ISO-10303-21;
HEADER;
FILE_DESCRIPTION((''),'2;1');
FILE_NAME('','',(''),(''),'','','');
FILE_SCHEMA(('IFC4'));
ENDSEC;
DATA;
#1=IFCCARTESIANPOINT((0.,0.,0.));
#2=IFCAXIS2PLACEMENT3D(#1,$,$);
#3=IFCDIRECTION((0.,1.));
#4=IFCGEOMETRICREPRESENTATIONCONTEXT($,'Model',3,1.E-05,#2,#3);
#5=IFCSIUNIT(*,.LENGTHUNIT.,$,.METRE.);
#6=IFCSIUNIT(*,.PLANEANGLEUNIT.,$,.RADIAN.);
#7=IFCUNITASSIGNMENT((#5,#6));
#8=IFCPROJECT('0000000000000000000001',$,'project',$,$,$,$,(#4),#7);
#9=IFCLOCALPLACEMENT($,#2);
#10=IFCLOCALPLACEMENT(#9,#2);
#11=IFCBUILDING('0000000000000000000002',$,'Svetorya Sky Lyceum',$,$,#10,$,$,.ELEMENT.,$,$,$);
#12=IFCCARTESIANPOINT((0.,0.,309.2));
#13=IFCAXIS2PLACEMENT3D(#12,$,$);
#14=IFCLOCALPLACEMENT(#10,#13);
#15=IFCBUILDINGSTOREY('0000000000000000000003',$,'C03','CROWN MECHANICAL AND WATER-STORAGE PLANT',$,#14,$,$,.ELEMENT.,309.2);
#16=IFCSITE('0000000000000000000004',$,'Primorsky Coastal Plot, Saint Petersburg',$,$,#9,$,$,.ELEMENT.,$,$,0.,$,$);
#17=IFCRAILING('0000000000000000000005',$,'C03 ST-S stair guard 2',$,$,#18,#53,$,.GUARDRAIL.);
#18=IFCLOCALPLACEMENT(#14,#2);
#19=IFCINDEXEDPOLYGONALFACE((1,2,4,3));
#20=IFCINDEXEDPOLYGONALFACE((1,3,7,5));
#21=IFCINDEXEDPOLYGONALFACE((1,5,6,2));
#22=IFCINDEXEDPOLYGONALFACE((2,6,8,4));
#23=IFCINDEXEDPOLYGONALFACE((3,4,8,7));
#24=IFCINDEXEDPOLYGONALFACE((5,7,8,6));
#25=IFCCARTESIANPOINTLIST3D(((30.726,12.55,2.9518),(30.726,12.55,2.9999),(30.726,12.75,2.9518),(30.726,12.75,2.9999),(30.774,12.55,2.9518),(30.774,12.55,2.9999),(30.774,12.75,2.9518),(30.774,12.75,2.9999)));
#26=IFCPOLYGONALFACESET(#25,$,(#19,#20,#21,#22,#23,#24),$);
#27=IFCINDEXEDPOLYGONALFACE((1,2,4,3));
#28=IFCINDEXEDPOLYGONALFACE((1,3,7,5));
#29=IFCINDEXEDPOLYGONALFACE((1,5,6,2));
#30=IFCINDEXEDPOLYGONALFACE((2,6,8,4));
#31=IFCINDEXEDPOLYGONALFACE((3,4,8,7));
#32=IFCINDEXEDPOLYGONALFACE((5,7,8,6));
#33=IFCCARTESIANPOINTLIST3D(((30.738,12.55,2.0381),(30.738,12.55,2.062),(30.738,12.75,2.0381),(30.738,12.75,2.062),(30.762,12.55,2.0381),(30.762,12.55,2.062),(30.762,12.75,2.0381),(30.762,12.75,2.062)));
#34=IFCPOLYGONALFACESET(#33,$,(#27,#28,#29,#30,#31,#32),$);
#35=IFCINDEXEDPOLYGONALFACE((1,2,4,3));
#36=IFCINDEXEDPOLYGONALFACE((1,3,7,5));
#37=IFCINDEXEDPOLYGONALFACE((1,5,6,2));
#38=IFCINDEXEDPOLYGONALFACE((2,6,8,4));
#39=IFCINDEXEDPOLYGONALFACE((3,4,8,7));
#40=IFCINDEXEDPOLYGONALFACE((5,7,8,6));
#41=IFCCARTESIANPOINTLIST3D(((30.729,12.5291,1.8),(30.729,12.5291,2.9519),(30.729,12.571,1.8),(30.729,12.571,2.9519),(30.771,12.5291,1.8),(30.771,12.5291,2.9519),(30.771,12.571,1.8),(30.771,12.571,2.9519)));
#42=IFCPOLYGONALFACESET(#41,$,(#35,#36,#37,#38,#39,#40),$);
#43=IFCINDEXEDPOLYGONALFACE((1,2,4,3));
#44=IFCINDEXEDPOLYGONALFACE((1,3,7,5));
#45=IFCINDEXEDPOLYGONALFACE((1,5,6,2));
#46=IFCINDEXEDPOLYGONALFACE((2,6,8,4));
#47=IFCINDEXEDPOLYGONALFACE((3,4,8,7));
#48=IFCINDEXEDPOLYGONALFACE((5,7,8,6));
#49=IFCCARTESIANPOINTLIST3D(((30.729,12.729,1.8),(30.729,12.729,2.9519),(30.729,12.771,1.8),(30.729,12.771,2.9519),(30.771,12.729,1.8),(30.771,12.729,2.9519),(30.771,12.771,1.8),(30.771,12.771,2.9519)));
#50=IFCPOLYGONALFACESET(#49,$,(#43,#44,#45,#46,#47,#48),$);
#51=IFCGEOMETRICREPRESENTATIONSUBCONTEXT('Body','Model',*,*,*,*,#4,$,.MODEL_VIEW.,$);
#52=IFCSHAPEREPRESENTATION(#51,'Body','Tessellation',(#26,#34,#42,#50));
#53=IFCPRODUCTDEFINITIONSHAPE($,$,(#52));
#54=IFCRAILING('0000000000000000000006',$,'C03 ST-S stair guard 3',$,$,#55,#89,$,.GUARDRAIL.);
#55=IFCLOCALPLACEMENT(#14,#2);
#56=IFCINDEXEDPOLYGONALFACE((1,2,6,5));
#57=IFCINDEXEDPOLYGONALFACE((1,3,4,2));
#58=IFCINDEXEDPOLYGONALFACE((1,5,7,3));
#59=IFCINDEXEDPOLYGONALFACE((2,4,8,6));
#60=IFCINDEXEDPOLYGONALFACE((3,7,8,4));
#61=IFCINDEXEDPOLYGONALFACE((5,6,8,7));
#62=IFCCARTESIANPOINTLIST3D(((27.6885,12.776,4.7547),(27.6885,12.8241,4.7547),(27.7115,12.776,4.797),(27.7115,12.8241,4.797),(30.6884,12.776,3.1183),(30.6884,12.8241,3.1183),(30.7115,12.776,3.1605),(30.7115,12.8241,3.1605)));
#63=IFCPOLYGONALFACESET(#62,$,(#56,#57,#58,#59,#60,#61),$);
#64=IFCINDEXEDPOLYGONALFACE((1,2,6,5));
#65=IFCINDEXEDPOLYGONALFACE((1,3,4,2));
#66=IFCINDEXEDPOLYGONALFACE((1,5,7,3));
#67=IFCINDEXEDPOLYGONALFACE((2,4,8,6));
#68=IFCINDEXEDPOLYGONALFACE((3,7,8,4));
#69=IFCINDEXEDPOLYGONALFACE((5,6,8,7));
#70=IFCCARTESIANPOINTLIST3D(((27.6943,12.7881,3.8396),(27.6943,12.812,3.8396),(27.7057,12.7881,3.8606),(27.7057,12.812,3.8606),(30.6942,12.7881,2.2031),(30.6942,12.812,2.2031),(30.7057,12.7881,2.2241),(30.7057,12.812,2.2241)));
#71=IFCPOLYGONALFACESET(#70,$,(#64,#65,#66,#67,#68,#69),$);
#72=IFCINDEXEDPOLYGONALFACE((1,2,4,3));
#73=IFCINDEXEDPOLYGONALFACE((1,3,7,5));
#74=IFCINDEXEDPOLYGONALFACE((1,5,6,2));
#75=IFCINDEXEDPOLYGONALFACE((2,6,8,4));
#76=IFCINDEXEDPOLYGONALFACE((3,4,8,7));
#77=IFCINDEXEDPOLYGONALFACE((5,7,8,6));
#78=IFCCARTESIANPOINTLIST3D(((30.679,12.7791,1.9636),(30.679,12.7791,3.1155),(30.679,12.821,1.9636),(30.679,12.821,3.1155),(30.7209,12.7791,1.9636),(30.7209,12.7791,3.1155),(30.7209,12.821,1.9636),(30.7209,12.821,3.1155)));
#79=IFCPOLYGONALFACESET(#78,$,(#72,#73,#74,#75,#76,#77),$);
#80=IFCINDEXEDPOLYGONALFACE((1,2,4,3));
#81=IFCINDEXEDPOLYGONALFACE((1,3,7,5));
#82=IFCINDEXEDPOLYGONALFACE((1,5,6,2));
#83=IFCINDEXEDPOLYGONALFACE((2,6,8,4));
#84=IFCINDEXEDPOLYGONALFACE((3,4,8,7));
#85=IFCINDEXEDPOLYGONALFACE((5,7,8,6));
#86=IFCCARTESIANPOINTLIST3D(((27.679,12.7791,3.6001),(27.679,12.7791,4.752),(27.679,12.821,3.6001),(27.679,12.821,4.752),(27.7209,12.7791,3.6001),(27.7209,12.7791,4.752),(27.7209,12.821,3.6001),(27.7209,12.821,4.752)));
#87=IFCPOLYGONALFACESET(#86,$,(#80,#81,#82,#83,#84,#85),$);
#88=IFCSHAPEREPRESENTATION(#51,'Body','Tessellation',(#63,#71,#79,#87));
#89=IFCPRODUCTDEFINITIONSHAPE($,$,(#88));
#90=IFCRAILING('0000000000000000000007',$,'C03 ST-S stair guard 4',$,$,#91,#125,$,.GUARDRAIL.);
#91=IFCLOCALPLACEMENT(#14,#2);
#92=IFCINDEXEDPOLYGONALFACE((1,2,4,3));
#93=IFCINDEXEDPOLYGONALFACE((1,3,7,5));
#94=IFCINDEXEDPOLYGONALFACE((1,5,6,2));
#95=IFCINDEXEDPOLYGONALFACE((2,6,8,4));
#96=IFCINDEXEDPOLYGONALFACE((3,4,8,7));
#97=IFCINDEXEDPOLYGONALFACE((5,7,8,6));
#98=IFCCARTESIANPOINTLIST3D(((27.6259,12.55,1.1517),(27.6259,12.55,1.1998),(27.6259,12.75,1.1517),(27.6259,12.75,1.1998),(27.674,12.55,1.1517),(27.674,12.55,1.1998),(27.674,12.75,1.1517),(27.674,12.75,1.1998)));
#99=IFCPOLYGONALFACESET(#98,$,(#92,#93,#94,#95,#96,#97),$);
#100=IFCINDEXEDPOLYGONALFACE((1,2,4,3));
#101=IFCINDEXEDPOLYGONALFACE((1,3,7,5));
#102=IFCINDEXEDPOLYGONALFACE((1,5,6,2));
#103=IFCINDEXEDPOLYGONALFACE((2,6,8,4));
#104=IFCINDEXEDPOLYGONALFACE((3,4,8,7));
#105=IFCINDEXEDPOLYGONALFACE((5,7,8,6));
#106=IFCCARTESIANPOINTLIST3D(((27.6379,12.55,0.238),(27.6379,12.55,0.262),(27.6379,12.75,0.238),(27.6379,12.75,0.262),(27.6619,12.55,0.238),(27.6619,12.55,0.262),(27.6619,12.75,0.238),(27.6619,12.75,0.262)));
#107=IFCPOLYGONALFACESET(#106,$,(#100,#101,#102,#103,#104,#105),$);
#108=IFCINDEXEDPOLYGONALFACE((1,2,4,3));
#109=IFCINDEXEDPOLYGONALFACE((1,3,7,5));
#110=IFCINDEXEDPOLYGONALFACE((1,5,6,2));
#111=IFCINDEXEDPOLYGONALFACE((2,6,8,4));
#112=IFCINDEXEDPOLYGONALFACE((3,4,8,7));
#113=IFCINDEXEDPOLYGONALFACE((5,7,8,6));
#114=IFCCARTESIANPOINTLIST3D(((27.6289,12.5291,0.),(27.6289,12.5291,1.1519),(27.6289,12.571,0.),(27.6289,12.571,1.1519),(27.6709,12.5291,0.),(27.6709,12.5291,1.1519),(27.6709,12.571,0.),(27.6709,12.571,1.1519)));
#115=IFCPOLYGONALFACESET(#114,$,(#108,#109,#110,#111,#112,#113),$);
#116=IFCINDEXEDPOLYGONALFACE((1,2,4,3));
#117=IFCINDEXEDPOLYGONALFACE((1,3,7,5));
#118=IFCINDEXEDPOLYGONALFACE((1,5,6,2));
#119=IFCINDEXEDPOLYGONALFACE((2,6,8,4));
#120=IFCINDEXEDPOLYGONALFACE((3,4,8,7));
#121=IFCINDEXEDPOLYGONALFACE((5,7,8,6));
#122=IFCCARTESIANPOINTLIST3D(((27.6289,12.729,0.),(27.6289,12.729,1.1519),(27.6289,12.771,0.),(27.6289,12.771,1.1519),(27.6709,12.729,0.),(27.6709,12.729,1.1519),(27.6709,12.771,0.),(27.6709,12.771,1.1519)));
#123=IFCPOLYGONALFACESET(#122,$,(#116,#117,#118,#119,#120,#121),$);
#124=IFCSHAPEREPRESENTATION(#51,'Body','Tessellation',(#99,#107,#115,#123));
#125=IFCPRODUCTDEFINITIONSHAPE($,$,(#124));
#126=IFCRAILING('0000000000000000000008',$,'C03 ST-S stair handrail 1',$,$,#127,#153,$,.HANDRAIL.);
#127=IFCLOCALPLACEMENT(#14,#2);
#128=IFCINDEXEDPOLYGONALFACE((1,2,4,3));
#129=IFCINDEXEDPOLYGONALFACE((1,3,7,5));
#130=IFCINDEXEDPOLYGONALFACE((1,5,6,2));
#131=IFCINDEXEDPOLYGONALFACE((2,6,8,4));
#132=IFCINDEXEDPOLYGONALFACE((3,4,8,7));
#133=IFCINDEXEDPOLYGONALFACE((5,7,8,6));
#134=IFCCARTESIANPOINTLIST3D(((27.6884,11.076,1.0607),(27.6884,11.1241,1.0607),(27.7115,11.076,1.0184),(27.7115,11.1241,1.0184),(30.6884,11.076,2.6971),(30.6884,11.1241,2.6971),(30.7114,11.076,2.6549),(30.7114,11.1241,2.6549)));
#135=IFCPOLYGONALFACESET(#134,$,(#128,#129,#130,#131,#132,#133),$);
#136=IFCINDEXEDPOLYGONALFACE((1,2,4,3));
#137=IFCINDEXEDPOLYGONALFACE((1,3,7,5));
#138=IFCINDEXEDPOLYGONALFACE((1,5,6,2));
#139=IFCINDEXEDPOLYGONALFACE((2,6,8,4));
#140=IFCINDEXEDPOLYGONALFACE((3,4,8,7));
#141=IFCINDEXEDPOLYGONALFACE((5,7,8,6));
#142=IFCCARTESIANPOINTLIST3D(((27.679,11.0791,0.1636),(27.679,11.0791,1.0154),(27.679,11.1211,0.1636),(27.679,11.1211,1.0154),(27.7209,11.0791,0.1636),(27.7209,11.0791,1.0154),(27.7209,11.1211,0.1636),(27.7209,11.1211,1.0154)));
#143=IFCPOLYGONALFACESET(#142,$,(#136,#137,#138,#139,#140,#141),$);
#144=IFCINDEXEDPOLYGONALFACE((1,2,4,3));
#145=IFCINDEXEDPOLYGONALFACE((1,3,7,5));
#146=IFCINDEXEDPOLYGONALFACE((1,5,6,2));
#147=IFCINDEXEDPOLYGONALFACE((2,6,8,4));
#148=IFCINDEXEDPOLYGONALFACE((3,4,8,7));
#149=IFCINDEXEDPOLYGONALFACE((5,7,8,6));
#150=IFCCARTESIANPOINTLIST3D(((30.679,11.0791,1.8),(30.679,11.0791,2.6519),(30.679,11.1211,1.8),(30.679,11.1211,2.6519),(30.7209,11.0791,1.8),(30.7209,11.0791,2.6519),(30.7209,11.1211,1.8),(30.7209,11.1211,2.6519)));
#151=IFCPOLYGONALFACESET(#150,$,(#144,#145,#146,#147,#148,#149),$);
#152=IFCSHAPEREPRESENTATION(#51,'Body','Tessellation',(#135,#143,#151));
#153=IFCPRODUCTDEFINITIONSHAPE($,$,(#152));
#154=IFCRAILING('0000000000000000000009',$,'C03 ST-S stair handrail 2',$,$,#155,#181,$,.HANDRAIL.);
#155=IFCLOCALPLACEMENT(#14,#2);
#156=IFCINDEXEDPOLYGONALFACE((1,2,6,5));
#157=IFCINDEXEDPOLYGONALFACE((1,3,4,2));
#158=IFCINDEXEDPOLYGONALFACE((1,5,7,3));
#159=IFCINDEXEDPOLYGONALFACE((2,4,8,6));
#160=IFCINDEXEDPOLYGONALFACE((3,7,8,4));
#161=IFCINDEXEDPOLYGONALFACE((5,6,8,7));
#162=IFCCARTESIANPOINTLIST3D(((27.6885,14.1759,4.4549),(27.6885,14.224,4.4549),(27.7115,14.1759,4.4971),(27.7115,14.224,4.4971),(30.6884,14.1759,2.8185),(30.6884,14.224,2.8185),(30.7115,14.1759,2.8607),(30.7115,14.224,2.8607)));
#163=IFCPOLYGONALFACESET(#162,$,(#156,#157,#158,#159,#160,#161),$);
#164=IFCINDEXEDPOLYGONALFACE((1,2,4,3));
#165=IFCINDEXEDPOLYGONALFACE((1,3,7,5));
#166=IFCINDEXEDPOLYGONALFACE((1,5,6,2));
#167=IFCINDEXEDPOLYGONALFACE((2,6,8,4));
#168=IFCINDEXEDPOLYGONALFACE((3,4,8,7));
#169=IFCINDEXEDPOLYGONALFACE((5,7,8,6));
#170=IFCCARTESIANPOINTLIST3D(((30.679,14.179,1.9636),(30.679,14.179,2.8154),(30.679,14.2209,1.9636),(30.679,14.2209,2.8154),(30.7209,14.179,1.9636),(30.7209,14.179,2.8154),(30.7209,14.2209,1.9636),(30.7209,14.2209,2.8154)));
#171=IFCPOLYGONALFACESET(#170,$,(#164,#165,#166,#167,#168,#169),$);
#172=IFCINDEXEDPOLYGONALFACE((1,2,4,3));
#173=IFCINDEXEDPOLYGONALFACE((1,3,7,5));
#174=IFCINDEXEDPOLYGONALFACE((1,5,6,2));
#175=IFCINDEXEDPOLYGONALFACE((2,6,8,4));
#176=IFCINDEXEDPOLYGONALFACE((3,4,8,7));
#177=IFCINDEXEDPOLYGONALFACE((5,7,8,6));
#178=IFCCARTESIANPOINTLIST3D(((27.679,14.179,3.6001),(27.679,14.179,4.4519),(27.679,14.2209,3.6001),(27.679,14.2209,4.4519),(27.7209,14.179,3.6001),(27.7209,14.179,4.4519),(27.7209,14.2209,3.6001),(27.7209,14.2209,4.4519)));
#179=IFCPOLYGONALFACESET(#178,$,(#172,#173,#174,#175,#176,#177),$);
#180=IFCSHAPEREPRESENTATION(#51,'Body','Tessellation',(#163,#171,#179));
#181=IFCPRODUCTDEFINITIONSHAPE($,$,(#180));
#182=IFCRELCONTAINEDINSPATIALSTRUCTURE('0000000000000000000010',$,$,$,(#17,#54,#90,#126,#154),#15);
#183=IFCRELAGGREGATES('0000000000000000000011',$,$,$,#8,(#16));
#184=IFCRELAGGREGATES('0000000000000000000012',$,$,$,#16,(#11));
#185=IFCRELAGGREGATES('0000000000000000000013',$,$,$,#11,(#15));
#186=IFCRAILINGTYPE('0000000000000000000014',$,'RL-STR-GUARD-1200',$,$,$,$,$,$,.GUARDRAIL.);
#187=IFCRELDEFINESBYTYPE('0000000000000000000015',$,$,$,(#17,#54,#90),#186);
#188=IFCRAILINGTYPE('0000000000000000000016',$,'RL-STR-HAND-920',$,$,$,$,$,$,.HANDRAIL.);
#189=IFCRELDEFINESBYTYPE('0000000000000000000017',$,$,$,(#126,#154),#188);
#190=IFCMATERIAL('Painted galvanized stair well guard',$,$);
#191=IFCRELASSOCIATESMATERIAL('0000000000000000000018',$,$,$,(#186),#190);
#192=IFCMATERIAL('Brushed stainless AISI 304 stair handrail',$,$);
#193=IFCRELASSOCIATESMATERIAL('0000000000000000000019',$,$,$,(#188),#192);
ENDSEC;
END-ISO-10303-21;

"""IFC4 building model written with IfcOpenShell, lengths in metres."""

from ifc_helpers import new_model, si_unit, direction, frame, origin, origin_2d, place, context, subcontext, project, spatial, rectangle, extrude, material, type_object, element, save


model = new_model("IFC4")

# Units and contexts
model_context = context("Model", 3, precision=1e-05, world=origin(), true_north=direction((0.0, 1.0)))
body_context = subcontext(model_context, "Body", "Model", "MODEL_VIEW")
ifc_project = project(units=[si_unit("LENGTHUNIT", "METRE"), si_unit("PLANEANGLEUNIT", "RADIAN")], contexts=[model_context])

# Site, building, storey
site_placement = place(None, origin())
site = spatial("IfcSite", under=ifc_project, at=site_placement, Name="Primorsky Coastal Plot, Saint Petersburg", CompositionType="ELEMENT", RefElevation=0.0)
building_placement = place(site_placement, origin())
building = spatial("IfcBuilding", under=site, at=building_placement, Name="Svetorya Sky Lyceum", CompositionType="ELEMENT")
storey_placement = place(building_placement, frame((0.0, 0.0, 309.2)))
storey = spatial("IfcBuildingStorey", under=building, at=storey_placement, Name="C03", Description="CROWN MECHANICAL AND WATER-STORAGE PLANT", CompositionType="ELEMENT", Elevation=309.2)

# Railings
ifc_material_1 = material(Name="Painted galvanized stair well guard")
railing_type_1 = type_object("IfcRailingType", Name="RL-STR-GUARD-1200", PredefinedType="GUARDRAIL", material=ifc_material_1)
railing_1_placement = place(storey_placement, frame((30.75, 12.55, 1.8)))
element("IfcRailing", 1, at=railing_1_placement, inside=storey, type_object=railing_type_1, Name="C03 ST-S stair guard 2", PredefinedType="GUARDRAIL", context=body_context, shape_type="SweptSolid", body=[
    extrude(rectangle(XDim=0.0481, YDim=0.0481, at=origin_2d()), frame((0.0, 0.0, 1.1758), z_axis=(0.0, 1.0, 0.0), x_axis=(-1.0, 0.0, 0.0)), (0.0, 0.0, 1.0), 0.2),
    extrude(rectangle(XDim=0.0239, YDim=0.0239, at=origin_2d()), frame((0.0, 0.0, 0.25), z_axis=(0.0, 1.0, 0.0), x_axis=(-1.0, 0.0, 0.0)), (0.0, 0.0, 1.0), 0.2),
    extrude(rectangle(XDim=0.042, YDim=0.042, at=origin_2d()), origin(), (0.0, 0.0, 1.0), 1.1519),
    extrude(rectangle(XDim=0.042, YDim=0.042, at=origin_2d()), frame((0.0, 0.2, 0.0)), (0.0, 0.0, 1.0), 1.1519),
])
railing_2_placement = place(storey_placement, frame((30.7, 12.8, 1.9636)))
element("IfcRailing", 2, at=railing_2_placement, inside=storey, type_object=railing_type_1, Name="C03 ST-S stair guard 3", PredefinedType="GUARDRAIL", context=body_context, shape_type="SweptSolid", body=[
    extrude(rectangle(XDim=0.0481, YDim=0.0481, at=origin_2d()), frame((0.0, 0.0, 1.1758), z_axis=(-0.877882, 0.0, 0.478877), x_axis=(0.0, -1.0, 0.0)), (0.0, 0.0, 1.0), 3.4172),
    extrude(rectangle(XDim=0.0239, YDim=0.0239, at=origin_2d()), frame((0.0, 0.0, 0.25), z_axis=(-0.877882, 0.0, 0.478877), x_axis=(0.0, -1.0, 0.0)), (0.0, 0.0, 1.0), 3.4172),
    extrude(rectangle(XDim=0.042, YDim=0.042, at=origin_2d()), origin(), (0.0, 0.0, 1.0), 1.1519),
    extrude(rectangle(XDim=0.042, YDim=0.042, at=origin_2d()), frame((-3.0, 0.0, 1.6365)), (0.0, 0.0, 1.0), 1.1519),
])
railing_3_placement = place(storey_placement, frame((27.6499, 12.55, 0.0)))
element("IfcRailing", 3, at=railing_3_placement, inside=storey, type_object=railing_type_1, Name="C03 ST-S stair guard 4", PredefinedType="GUARDRAIL", context=body_context, shape_type="SweptSolid", body=[
    extrude(rectangle(XDim=0.0481, YDim=0.0481, at=origin_2d()), frame((0.0, 0.0, 1.1758), z_axis=(0.0, 1.0, 0.0), x_axis=(-1.0, 0.0, 0.0)), (0.0, 0.0, 1.0), 0.2),
    extrude(rectangle(XDim=0.0239, YDim=0.0239, at=origin_2d()), frame((0.0, 0.0, 0.25), z_axis=(0.0, 1.0, 0.0), x_axis=(-1.0, 0.0, 0.0)), (0.0, 0.0, 1.0), 0.2),
    extrude(rectangle(XDim=0.042, YDim=0.042, at=origin_2d()), origin(), (0.0, 0.0, 1.0), 1.1519),
    extrude(rectangle(XDim=0.042, YDim=0.042, at=origin_2d()), frame((0.0, 0.2, 0.0)), (0.0, 0.0, 1.0), 1.1519),
])
ifc_material_2 = material(Name="Brushed stainless AISI 304 stair handrail")
railing_type_2 = type_object("IfcRailingType", Name="RL-STR-HAND-920", PredefinedType="HANDRAIL", material=ifc_material_2)
railing_4_placement = place(storey_placement, frame((27.7, 11.1001, 0.1636)))
element("IfcRailing", 4, at=railing_4_placement, inside=storey, type_object=railing_type_2, Name="C03 ST-S stair handrail 1", PredefinedType="HANDRAIL", context=body_context, shape_type="SweptSolid", body=[
    extrude(rectangle(XDim=0.0481, YDim=0.0481, at=origin_2d()), frame((0.0, 0.0, 0.876), z_axis=(0.877882, 0.0, 0.478877), x_axis=(0.0, 1.0, 0.0)), (0.0, 0.0, 1.0), 3.4172),
    extrude(rectangle(XDim=0.042, YDim=0.042, at=origin_2d()), origin(), (0.0, 0.0, 1.0), 0.8518),
    extrude(rectangle(XDim=0.042, YDim=0.042, at=origin_2d()), frame((3.0, 0.0, 1.6365)), (0.0, 0.0, 1.0), 0.8518),
])
railing_5_placement = place(storey_placement, frame((30.7, 14.2, 1.9636)))
element("IfcRailing", 5, at=railing_5_placement, inside=storey, type_object=railing_type_2, Name="C03 ST-S stair handrail 2", PredefinedType="HANDRAIL", context=body_context, shape_type="SweptSolid", body=[
    extrude(rectangle(XDim=0.0481, YDim=0.0481, at=origin_2d()), frame((0.0, 0.0, 0.876), z_axis=(-0.877882, 0.0, 0.478877), x_axis=(0.0, -1.0, 0.0)), (0.0, 0.0, 1.0), 3.4172),
    extrude(rectangle(XDim=0.042, YDim=0.042, at=origin_2d()), origin(), (0.0, 0.0, 1.0), 0.8518),
    extrude(rectangle(XDim=0.042, YDim=0.042, at=origin_2d()), frame((-3.0, 0.0, 1.6365)), (0.0, 0.0, 1.0), 0.8518),
])

save(model, "model.ifc")
